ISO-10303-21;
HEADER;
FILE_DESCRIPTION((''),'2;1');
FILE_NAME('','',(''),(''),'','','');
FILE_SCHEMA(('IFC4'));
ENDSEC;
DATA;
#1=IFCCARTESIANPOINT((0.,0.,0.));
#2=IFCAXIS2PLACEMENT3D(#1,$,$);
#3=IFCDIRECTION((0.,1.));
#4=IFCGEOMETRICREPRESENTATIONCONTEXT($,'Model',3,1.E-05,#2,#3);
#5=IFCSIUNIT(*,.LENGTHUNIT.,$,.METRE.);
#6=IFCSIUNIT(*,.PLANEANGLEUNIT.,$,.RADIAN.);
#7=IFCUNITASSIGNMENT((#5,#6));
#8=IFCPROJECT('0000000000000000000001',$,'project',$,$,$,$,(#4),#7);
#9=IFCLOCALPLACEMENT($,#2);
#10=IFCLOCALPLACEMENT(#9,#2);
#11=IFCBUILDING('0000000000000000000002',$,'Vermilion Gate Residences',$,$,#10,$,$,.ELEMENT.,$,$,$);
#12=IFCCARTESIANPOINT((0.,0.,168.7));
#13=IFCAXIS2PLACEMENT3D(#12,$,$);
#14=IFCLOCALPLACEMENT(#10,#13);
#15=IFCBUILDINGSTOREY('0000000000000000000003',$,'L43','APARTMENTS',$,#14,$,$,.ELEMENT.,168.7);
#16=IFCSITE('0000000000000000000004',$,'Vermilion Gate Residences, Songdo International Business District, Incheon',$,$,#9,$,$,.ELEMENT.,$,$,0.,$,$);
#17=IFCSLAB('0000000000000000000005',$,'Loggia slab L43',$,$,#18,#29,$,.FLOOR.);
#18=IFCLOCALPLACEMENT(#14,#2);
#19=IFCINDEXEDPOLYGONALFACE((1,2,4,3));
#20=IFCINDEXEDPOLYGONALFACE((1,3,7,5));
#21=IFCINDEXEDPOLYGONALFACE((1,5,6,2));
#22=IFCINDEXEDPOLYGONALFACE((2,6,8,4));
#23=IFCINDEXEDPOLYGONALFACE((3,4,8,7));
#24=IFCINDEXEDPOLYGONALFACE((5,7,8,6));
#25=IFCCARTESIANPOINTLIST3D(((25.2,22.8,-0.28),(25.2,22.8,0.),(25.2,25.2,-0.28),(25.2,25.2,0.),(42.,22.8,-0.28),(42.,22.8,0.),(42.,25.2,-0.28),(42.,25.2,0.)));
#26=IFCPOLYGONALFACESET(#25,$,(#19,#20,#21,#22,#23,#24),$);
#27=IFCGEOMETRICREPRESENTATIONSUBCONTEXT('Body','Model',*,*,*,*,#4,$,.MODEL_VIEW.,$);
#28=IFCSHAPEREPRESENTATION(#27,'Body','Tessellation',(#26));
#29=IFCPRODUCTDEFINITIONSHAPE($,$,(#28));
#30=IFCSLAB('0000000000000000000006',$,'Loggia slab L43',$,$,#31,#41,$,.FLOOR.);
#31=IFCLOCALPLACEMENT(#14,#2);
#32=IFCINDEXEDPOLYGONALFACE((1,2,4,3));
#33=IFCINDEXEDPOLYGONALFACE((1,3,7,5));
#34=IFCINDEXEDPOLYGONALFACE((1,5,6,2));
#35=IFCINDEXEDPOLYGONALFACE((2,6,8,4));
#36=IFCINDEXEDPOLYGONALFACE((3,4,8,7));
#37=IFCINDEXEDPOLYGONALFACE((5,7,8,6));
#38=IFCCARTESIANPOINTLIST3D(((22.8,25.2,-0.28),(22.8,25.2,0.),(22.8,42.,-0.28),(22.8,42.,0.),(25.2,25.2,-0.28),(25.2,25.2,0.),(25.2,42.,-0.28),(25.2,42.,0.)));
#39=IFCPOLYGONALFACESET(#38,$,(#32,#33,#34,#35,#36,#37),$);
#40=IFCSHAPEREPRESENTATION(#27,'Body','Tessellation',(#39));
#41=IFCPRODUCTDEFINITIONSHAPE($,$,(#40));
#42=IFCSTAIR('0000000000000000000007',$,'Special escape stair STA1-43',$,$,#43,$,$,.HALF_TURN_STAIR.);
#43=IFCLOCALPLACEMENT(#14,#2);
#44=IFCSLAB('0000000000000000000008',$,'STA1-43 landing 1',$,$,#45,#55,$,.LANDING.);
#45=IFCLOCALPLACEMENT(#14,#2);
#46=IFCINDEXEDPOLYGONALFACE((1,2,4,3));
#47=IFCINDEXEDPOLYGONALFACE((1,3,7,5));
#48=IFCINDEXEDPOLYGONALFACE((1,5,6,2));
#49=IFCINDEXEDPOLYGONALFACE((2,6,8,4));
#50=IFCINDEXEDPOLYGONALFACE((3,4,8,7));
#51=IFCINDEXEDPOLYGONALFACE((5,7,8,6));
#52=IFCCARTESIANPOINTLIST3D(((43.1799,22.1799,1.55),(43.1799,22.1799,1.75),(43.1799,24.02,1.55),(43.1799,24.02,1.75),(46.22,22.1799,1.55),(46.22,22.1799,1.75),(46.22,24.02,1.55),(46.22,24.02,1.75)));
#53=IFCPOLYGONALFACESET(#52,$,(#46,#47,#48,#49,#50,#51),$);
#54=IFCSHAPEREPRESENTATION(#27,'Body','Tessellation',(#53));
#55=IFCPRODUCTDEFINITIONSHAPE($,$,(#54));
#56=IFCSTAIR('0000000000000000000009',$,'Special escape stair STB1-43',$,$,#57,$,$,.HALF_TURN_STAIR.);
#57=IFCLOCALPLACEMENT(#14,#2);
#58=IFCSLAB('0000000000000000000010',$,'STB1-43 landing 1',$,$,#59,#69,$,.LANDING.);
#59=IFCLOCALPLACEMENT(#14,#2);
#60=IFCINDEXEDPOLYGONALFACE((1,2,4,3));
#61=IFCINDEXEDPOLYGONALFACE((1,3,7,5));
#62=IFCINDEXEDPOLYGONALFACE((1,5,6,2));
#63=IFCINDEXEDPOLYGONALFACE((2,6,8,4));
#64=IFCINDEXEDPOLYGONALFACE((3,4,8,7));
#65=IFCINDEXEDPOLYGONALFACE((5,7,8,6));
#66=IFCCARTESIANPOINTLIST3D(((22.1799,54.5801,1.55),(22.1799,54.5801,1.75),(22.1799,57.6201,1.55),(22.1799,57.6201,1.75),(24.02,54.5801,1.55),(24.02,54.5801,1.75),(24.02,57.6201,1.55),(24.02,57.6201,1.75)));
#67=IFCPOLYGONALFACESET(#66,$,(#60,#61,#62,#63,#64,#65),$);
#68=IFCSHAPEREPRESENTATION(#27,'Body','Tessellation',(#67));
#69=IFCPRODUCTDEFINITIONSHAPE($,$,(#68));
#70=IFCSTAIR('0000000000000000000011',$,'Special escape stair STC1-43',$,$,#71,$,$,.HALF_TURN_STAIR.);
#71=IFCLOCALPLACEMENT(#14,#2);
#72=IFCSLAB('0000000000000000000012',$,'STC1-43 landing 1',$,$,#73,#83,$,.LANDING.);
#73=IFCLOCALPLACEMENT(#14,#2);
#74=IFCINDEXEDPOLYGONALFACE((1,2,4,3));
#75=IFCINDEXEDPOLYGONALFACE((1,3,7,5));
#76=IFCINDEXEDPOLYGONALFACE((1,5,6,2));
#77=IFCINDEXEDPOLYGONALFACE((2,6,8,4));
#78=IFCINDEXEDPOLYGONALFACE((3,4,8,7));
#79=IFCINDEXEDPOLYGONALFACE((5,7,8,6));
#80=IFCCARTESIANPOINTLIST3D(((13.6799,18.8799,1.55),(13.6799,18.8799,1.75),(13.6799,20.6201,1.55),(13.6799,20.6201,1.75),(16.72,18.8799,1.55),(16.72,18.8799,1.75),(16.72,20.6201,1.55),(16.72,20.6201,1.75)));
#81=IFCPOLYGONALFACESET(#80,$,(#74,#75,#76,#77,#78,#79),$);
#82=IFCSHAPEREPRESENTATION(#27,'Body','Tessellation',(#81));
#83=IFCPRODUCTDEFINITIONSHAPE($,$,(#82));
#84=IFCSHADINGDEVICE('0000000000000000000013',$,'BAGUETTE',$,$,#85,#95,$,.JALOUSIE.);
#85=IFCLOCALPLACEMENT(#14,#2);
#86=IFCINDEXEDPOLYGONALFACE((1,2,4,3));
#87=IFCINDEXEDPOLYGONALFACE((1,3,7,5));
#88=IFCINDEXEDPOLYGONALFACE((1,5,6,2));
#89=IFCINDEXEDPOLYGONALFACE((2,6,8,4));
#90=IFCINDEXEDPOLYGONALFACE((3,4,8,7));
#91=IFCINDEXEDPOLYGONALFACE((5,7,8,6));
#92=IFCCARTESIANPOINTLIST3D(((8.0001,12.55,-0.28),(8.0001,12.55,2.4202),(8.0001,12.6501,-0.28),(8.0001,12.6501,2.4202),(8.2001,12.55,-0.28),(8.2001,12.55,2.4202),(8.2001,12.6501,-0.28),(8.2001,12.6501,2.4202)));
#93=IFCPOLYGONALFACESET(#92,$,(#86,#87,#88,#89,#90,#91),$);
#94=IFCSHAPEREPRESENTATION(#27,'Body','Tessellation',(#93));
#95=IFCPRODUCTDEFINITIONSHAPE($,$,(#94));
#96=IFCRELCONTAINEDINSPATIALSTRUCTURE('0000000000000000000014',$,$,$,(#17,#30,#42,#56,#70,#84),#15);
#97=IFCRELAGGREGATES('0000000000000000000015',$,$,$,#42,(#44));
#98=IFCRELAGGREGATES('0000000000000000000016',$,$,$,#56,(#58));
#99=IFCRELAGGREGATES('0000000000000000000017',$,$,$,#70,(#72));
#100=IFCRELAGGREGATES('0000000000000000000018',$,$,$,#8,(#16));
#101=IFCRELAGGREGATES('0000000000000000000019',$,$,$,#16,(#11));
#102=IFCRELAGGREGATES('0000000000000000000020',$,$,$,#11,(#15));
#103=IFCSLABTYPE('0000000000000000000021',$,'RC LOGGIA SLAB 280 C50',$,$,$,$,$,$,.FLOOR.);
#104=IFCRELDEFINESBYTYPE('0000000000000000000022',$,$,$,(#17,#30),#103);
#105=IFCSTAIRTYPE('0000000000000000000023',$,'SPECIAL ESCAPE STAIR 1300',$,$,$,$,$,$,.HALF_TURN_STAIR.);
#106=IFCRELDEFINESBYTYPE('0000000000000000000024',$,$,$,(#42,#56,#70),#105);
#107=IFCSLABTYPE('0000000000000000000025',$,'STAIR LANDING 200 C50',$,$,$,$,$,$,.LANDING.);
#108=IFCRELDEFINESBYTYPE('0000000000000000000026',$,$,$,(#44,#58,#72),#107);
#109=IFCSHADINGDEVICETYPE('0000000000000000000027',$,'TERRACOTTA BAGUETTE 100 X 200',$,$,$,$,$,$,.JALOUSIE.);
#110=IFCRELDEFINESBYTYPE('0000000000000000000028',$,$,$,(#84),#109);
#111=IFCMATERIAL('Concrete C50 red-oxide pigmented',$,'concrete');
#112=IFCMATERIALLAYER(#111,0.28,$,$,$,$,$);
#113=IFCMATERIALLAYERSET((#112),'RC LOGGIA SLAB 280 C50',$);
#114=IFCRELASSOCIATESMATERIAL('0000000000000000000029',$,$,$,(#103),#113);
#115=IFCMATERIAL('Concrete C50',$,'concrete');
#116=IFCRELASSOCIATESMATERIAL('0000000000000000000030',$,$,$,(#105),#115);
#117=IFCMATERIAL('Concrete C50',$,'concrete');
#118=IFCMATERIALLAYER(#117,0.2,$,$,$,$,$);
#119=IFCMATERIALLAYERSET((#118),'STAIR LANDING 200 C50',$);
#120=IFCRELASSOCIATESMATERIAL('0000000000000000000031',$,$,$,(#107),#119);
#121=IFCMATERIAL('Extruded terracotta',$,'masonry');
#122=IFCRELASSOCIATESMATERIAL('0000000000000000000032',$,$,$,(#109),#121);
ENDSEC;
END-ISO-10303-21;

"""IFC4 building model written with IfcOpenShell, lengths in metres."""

from ifc_helpers import new_model, si_unit, direction, frame, origin, origin_2d, place, context, subcontext, project, spatial, polyline, rectangle, outline, extrude, material, layer, layer_set, material_profile, profile_set, type_object, element, aggregate, save


model = new_model("IFC4")

# Units and contexts
model_context = context("Model", 3, precision=1e-05, world=origin(), true_north=direction((0.0, 1.0)))
body_context = subcontext(model_context, "Body", "Model", "MODEL_VIEW")
ifc_project = project(units=[si_unit("LENGTHUNIT", "METRE"), si_unit("PLANEANGLEUNIT", "RADIAN")], contexts=[model_context])

# Site, building, storey
site_placement = place(None, origin())
site = spatial("IfcSite", under=ifc_project, at=site_placement, Name="Vermilion Gate Residences, Songdo International Business District, Incheon", CompositionType="ELEMENT", RefElevation=0.0)
building_placement = place(site_placement, origin())
building = spatial("IfcBuilding", under=site, at=building_placement, Name="Vermilion Gate Residences", CompositionType="ELEMENT")
storey_placement = place(building_placement, frame((0.0, 0.0, 168.7)))
storey = spatial("IfcBuildingStorey", under=building, at=storey_placement, Name="L43", Description="APARTMENTS", CompositionType="ELEMENT", Elevation=168.7)

# Slabs
ifc_material_1 = material(Name="Concrete C50 red-oxide pigmented", Category="concrete")
ifc_layer_1 = layer(ifc_material_1, 0.28)
ifc_layer_set_1 = layer_set([ifc_layer_1], Name="RC LOGGIA SLAB 280 C50")
slab_type_1 = type_object("IfcSlabType", Name="RC LOGGIA SLAB 280 C50", PredefinedType="FLOOR", material=ifc_layer_set_1)
slab_1_placement = place(storey_placement, frame((0.0, 0.0, -0.28)))
element("IfcSlab", 1, at=slab_1_placement, inside=storey, type_object=slab_type_1, Name="Loggia slab L43", PredefinedType="FLOOR", context=body_context, shape_type="SweptSolid", body=[
    extrude(outline(polyline([(42.0, 25.2), (25.2, 25.2), (25.2, 22.8), (42.0, 22.8), (42.0, 25.2)])), origin(), (0.0, 0.0, 1.0), 0.28),
])
slab_2_placement = place(storey_placement, frame((0.0, 0.0, -0.28)))
element("IfcSlab", 2, at=slab_2_placement, inside=storey, type_object=slab_type_1, Name="Loggia slab L43", PredefinedType="FLOOR", context=body_context, shape_type="SweptSolid", body=[
    extrude(outline(polyline([(22.8, 42.0), (22.8, 25.2), (25.2, 25.2), (25.2, 42.0), (22.8, 42.0)])), origin(), (0.0, 0.0, 1.0), 0.28),
])

# Stairs, slabs
ifc_material_2 = material(Name="Concrete C50", Category="concrete")
stair_type = type_object("IfcStairType", Name="SPECIAL ESCAPE STAIR 1300", PredefinedType="HALF_TURN_STAIR", material=ifc_material_2)
stair_1_placement = place(storey_placement, origin())
stair_1 = element("IfcStair", 3, at=stair_1_placement, inside=storey, type_object=stair_type, Name="Special escape stair STA1-43", PredefinedType="HALF_TURN_STAIR")
ifc_material_3 = material(Name="Concrete C50", Category="concrete")
ifc_layer_2 = layer(ifc_material_3, 0.2)
ifc_layer_set_2 = layer_set([ifc_layer_2], Name="STAIR LANDING 200 C50")
slab_type_2 = type_object("IfcSlabType", Name="STAIR LANDING 200 C50", PredefinedType="LANDING", material=ifc_layer_set_2)
slab_3_placement = place(storey_placement, frame((0.0, 0.0, 1.55)))
slab_3 = element("IfcSlab", 4, at=slab_3_placement, type_object=slab_type_2, Name="STA1-43 landing 1", PredefinedType="LANDING", context=body_context, shape_type="SweptSolid", body=[
    extrude(outline(polyline([(46.22, 22.1799), (46.22, 24.02), (43.1799, 24.02), (43.1799, 22.1799), (46.22, 22.1799)])), origin(), (0.0, 0.0, 1.0), 0.2),
])
aggregate(stair_1, [slab_3])
stair_2_placement = place(storey_placement, origin())
stair_2 = element("IfcStair", 5, at=stair_2_placement, inside=storey, type_object=stair_type, Name="Special escape stair STB1-43", PredefinedType="HALF_TURN_STAIR")
slab_4_placement = place(storey_placement, frame((0.0, 0.0, 1.55)))
slab_4 = element("IfcSlab", 6, at=slab_4_placement, type_object=slab_type_2, Name="STB1-43 landing 1", PredefinedType="LANDING", context=body_context, shape_type="SweptSolid", body=[
    extrude(outline(polyline([(24.02, 54.5801), (24.02, 57.6201), (22.1799, 57.6201), (22.1799, 54.5801), (24.02, 54.5801)])), origin(), (0.0, 0.0, 1.0), 0.2),
])
aggregate(stair_2, [slab_4])
stair_3_placement = place(storey_placement, origin())
stair_3 = element("IfcStair", 7, at=stair_3_placement, inside=storey, type_object=stair_type, Name="Special escape stair STC1-43", PredefinedType="HALF_TURN_STAIR")
slab_5_placement = place(storey_placement, frame((0.0, 0.0, 1.55)))
slab_5 = element("IfcSlab", 8, at=slab_5_placement, type_object=slab_type_2, Name="STC1-43 landing 1", PredefinedType="LANDING", context=body_context, shape_type="SweptSolid", body=[
    extrude(outline(polyline([(16.72, 18.8799), (16.72, 20.6201), (13.6799, 20.6201), (13.6799, 18.8799), (16.72, 18.8799)])), origin(), (0.0, 0.0, 1.0), 0.2),
])
aggregate(stair_3, [slab_5])

# Shading device
ifc_material_4 = material(Name="Extruded terracotta", Category="masonry")
ifc_material_profile = material_profile(ifc_material_4, rectangle(XDim=0.2, YDim=0.1001, at=origin_2d()), Name="BAGUETTE 100 X 200")
ifc_profile_set = profile_set([ifc_material_profile], Name="Extruded terracotta")
shading_device_type = type_object("IfcShadingDeviceType", Name="TERRACOTTA BAGUETTE 100 X 200", PredefinedType="JALOUSIE", material=ifc_profile_set)
shading_device_placement = place(storey_placement, frame((8.1001, 12.6001, -0.28), z_axis=(0.0, 0.0, 1.0), x_axis=(1.0, 0.0, 0.0)))
element("IfcShadingDevice", 9, at=shading_device_placement, inside=storey, type_object=shading_device_type, Name="BAGUETTE", PredefinedType="JALOUSIE", context=body_context, shape_type="SweptSolid", body=[
    extrude(rectangle(XDim=0.2, YDim=0.1001, at=origin_2d()), origin(), (0.0, 0.0, 1.0), 2.7002),
])

save(model, "model.ifc")
